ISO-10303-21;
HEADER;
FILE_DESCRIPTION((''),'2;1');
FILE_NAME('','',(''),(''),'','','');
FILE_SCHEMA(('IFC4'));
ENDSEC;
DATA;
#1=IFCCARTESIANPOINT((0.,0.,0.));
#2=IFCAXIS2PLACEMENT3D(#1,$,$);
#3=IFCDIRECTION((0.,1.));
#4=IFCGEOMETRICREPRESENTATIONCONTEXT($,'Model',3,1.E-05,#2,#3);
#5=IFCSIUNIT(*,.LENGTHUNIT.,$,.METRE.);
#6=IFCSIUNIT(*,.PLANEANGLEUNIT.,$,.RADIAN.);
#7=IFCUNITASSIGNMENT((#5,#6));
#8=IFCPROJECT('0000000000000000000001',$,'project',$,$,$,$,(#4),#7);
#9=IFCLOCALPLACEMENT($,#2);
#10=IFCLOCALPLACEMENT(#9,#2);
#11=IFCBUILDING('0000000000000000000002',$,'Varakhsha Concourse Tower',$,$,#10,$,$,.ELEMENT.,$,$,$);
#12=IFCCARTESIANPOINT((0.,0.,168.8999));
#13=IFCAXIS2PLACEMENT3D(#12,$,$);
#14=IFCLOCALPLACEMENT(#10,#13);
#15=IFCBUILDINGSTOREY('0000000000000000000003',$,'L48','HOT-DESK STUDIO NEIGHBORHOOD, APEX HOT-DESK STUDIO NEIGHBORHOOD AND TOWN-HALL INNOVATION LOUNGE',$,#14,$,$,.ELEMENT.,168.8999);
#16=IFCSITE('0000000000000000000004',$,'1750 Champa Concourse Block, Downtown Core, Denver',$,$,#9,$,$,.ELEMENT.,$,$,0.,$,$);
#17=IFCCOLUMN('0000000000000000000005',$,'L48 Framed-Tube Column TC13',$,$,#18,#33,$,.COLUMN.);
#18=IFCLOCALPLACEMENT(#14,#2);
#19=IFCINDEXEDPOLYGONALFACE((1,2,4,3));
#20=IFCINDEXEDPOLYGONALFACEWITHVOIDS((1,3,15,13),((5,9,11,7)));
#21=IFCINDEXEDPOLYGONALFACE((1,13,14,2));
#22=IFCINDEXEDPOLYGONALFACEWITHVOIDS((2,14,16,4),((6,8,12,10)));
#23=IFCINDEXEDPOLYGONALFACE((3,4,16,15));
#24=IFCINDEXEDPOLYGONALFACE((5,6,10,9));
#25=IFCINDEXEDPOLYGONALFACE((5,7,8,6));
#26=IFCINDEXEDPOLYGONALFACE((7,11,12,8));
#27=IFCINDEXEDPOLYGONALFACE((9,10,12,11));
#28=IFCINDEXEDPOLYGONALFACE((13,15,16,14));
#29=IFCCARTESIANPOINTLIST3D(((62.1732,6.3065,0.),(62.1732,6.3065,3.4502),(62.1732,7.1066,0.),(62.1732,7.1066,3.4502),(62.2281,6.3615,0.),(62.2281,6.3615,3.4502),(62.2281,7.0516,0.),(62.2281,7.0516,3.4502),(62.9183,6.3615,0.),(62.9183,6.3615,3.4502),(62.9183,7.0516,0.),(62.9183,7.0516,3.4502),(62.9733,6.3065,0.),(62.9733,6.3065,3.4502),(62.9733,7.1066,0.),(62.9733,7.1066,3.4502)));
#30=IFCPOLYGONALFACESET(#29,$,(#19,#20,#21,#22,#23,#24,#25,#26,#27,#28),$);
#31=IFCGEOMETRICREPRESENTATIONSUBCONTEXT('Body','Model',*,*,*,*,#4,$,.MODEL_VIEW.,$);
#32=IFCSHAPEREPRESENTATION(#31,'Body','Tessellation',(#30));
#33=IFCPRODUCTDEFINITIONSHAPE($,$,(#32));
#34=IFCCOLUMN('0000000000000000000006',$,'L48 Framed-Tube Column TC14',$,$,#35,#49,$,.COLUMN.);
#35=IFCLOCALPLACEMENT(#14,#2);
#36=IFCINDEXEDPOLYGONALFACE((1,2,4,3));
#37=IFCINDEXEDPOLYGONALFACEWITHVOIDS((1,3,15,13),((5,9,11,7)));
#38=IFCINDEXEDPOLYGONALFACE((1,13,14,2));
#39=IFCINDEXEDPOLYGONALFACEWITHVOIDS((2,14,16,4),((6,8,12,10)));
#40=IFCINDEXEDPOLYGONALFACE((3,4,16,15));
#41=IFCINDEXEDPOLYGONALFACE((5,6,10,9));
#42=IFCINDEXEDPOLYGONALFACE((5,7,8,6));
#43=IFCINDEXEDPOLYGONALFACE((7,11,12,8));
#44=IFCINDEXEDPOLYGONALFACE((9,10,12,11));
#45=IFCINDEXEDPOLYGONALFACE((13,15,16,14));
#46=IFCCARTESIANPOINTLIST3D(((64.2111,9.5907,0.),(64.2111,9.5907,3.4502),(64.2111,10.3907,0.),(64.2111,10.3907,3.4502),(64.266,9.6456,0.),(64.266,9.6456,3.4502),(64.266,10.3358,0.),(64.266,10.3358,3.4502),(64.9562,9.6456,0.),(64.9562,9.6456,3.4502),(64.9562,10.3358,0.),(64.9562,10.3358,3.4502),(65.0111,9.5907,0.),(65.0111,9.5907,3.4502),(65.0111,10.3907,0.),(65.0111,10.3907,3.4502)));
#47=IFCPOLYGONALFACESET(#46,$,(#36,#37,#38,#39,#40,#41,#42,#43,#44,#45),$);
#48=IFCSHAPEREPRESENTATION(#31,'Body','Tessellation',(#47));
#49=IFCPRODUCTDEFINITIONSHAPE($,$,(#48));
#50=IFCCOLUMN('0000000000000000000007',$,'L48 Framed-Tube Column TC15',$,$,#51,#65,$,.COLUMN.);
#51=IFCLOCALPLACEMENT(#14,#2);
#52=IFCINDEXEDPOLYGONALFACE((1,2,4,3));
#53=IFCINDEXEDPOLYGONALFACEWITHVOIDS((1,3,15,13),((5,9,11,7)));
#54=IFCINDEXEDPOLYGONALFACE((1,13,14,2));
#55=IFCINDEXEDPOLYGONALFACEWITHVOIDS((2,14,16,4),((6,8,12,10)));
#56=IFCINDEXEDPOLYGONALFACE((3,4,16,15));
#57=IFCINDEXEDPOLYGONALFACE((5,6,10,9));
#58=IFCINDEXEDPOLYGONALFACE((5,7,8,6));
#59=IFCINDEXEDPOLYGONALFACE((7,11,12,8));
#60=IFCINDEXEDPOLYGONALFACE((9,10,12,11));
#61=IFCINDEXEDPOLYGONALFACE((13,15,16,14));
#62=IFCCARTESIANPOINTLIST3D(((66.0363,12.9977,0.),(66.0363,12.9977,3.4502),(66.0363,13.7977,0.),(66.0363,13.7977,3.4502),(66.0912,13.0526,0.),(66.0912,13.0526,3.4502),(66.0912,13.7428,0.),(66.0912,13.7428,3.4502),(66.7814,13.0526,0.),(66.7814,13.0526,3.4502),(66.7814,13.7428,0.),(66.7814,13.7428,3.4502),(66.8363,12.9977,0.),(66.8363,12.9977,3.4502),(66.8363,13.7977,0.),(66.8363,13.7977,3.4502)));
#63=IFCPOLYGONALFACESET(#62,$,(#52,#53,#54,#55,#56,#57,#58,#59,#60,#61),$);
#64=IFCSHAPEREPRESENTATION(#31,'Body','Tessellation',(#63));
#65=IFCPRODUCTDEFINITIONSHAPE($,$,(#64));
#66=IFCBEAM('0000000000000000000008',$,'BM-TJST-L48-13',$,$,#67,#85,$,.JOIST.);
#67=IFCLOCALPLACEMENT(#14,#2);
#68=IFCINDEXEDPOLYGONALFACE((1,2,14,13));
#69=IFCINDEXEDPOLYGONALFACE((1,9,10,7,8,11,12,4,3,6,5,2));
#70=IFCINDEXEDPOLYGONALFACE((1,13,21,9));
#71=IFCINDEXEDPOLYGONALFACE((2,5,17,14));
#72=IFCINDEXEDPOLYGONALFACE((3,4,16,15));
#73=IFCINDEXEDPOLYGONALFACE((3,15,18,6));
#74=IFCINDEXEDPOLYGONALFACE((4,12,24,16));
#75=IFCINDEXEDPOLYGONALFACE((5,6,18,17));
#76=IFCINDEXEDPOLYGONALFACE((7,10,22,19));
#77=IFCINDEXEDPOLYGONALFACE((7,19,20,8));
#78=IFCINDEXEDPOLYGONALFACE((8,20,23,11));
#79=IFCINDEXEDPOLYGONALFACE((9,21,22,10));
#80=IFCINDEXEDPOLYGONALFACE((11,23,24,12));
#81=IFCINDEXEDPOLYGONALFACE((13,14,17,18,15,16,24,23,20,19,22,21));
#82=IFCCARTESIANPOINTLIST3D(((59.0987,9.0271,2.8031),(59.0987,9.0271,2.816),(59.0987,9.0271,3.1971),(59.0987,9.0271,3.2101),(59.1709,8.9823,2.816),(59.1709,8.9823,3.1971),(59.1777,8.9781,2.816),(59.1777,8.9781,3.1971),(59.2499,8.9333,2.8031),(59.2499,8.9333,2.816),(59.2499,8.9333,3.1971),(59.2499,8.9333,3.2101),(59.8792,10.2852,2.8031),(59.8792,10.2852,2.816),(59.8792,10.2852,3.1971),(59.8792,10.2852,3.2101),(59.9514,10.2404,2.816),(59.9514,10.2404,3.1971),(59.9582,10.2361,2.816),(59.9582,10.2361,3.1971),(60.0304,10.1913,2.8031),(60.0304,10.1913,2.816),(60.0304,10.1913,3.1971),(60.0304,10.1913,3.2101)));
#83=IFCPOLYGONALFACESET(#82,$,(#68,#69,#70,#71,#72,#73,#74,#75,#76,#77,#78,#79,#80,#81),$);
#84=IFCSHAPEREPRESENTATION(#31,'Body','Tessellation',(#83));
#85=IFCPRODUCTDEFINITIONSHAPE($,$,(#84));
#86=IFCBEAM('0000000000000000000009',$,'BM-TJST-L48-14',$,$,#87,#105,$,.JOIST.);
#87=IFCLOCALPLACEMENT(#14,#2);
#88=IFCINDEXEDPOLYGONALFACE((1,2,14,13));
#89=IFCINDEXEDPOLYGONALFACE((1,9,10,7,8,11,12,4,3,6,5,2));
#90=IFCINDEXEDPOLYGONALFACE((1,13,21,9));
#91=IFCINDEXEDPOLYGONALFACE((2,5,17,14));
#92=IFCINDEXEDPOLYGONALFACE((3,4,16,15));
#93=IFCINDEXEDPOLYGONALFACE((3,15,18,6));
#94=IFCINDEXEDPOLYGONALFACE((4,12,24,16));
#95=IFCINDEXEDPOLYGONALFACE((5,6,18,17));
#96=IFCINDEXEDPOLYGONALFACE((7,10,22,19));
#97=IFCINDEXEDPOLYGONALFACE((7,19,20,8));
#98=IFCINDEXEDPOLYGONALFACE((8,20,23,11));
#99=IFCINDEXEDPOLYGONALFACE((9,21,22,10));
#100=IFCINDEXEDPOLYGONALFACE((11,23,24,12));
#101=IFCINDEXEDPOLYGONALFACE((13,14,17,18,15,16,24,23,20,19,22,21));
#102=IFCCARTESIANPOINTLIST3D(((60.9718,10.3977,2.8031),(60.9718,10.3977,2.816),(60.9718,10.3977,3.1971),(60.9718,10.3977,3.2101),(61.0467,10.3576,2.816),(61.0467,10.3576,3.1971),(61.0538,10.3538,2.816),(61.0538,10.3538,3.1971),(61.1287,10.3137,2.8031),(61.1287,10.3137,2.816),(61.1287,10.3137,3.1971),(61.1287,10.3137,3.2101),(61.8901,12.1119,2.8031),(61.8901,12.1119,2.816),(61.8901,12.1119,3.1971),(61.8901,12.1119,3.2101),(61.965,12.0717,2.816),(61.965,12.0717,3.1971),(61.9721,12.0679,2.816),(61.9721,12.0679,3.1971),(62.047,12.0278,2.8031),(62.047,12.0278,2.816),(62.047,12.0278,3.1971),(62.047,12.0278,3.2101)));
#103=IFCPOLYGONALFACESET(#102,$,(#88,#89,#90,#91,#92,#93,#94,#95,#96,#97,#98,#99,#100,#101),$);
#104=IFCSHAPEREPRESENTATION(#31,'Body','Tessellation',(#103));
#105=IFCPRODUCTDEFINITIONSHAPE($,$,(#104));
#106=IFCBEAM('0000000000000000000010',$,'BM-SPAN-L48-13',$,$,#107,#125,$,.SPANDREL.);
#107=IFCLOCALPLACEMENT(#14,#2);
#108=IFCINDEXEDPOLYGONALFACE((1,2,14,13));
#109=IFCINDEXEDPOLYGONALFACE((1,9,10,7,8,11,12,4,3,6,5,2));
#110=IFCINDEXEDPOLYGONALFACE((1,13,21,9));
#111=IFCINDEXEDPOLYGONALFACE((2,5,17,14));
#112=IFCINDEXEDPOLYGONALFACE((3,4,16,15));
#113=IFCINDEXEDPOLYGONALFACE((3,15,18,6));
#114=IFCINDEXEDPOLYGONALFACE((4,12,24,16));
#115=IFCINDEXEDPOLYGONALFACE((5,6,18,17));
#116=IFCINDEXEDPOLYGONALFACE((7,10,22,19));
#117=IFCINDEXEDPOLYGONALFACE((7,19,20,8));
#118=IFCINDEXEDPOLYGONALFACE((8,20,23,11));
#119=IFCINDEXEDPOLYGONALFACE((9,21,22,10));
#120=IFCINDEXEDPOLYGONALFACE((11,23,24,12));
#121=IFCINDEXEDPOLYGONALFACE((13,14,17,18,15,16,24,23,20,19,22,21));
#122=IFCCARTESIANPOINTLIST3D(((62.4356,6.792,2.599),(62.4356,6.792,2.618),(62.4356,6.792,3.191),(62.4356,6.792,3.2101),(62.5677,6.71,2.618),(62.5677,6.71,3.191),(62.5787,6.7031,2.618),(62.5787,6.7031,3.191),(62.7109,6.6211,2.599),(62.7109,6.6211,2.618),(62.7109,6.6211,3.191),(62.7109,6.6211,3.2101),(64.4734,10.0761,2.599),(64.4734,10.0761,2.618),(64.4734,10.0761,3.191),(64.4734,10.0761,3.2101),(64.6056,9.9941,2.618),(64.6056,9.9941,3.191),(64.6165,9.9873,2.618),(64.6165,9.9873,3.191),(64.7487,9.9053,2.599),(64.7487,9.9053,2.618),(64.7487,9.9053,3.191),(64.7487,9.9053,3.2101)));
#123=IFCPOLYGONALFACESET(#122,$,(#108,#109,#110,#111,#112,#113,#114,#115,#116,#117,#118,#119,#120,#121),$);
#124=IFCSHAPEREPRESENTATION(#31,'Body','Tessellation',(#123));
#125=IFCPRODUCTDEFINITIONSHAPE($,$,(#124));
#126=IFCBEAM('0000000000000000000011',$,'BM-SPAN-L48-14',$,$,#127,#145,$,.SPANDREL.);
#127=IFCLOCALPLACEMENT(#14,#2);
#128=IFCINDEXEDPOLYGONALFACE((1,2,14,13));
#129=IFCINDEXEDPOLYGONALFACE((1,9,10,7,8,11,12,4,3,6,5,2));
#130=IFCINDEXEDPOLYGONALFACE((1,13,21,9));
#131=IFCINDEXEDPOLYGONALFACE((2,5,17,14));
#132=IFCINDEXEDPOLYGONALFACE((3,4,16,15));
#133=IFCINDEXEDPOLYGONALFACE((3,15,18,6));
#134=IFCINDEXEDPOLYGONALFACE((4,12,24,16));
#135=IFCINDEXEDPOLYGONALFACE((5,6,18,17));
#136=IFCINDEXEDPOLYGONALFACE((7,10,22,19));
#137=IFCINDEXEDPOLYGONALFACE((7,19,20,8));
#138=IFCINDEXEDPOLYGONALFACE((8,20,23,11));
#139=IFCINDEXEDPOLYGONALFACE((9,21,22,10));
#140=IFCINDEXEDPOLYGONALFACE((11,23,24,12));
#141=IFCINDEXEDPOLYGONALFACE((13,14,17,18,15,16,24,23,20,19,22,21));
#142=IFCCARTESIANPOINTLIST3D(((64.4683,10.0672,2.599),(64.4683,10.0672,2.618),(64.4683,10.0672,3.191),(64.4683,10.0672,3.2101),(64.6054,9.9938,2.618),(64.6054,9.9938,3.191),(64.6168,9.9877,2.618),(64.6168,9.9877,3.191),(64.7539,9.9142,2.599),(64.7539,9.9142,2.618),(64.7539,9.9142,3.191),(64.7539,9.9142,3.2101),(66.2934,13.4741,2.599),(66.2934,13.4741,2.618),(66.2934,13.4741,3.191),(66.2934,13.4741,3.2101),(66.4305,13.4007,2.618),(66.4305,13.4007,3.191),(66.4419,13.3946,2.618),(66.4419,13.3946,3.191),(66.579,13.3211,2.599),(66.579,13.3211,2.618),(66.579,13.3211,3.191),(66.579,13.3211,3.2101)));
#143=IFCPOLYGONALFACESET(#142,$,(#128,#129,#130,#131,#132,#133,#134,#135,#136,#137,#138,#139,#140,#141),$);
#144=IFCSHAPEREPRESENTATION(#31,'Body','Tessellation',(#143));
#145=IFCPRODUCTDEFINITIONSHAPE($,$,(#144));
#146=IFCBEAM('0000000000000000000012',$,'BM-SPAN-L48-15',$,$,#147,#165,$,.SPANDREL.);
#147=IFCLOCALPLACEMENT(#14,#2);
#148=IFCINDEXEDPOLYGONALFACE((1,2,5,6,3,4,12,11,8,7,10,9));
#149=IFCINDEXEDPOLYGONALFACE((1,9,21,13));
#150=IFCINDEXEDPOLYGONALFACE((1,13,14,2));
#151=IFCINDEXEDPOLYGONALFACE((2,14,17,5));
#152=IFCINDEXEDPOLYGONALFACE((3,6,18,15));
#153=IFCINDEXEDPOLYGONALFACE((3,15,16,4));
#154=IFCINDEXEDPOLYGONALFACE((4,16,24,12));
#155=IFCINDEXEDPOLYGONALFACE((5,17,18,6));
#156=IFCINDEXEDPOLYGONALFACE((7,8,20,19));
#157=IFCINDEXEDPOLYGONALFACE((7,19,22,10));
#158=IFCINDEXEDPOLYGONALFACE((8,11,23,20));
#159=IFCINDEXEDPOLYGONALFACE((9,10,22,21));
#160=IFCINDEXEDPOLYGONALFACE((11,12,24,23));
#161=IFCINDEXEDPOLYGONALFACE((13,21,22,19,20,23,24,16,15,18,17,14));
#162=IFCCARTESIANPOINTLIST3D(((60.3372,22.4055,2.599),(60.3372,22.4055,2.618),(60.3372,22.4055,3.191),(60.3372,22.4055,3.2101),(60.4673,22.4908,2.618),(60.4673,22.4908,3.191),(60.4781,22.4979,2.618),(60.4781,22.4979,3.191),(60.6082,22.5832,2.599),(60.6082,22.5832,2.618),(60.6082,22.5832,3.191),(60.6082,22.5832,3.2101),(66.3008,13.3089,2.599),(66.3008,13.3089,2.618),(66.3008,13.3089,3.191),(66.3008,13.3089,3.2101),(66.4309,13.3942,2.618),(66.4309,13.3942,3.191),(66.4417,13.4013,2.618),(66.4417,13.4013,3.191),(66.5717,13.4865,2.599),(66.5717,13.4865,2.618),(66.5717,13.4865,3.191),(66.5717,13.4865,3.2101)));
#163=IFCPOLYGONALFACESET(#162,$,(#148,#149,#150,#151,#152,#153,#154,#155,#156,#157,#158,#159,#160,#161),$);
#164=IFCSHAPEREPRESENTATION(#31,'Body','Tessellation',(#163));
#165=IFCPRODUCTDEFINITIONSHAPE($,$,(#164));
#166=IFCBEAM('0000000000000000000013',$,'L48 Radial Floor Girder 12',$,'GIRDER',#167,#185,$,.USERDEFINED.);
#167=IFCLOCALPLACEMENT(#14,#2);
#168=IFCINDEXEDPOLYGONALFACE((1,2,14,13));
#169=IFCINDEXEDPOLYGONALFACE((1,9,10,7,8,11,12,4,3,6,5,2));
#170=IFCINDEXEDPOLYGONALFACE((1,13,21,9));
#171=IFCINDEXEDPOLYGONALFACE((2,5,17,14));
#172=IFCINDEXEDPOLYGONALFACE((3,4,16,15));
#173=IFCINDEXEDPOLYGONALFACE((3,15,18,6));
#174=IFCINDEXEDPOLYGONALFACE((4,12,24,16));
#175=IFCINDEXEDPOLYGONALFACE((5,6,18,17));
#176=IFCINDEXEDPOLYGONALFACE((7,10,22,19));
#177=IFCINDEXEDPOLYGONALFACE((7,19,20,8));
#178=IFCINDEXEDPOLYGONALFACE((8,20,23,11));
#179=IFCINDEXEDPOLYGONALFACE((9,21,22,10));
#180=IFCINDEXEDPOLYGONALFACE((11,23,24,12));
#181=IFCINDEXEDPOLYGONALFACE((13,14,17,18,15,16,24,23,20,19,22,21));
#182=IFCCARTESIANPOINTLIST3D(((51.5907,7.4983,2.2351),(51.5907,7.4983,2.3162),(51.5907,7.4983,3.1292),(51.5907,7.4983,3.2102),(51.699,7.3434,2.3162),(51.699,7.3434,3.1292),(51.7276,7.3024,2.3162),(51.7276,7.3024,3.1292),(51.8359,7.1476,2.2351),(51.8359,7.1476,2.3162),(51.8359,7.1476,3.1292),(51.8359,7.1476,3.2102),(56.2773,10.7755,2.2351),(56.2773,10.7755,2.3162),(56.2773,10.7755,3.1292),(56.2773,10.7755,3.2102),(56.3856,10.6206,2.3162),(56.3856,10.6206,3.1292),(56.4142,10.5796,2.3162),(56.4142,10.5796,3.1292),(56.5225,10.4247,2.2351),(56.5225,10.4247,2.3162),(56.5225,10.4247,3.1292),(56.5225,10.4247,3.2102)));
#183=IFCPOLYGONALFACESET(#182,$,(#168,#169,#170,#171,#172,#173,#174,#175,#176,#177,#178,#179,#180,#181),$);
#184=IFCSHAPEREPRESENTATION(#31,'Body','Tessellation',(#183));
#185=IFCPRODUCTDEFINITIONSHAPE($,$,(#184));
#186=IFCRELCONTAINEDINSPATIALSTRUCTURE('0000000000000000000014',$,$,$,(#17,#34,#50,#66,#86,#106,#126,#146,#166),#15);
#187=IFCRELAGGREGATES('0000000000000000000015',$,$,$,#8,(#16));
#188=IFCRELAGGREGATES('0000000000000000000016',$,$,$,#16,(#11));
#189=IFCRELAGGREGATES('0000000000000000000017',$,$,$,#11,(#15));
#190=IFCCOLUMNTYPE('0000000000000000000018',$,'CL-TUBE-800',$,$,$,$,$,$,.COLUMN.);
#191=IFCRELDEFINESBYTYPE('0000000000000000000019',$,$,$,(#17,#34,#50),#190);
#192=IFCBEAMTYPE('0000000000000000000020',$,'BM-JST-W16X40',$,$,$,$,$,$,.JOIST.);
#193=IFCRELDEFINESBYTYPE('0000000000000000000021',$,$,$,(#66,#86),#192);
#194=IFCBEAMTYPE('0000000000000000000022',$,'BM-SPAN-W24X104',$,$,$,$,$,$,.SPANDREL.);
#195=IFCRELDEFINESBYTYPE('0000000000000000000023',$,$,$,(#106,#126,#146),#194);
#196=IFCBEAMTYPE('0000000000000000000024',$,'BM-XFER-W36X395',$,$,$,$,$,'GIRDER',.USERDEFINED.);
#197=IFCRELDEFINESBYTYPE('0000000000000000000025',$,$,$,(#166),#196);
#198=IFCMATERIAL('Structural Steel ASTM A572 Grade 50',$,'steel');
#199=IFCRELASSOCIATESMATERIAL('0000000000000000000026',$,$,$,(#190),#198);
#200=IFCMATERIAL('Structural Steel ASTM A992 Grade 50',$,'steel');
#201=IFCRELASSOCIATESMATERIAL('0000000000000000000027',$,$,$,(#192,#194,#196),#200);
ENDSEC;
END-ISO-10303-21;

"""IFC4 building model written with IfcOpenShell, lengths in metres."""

from ifc_helpers import new_model, si_unit, direction, frame, origin, origin_2d, place, context, subcontext, project, spatial, hollow_rectangle, i_section, extrude, material, material_profile, profile_set, type_object, element, save


model = new_model("IFC4")

# Units and contexts
model_context = context("Model", 3, precision=1e-05, world=origin(), true_north=direction((0.0, 1.0)))
body_context = subcontext(model_context, "Body", "Model", "MODEL_VIEW")
ifc_project = project(units=[si_unit("LENGTHUNIT", "METRE"), si_unit("PLANEANGLEUNIT", "RADIAN")], contexts=[model_context])

# Site, building, storey
site_placement = place(None, origin())
site = spatial("IfcSite", under=ifc_project, at=site_placement, Name="1750 Champa Concourse Block, Downtown Core, Denver", CompositionType="ELEMENT", RefElevation=0.0)
building_placement = place(site_placement, origin())
building = spatial("IfcBuilding", under=site, at=building_placement, Name="Varakhsha Concourse Tower", CompositionType="ELEMENT")
storey_placement = place(building_placement, frame((0.0, 0.0, 168.8999)))
storey = spatial("IfcBuildingStorey", under=building, at=storey_placement, Name="L48", Description="HOT-DESK STUDIO NEIGHBORHOOD, APEX HOT-DESK STUDIO NEIGHBORHOOD AND TOWN-HALL INNOVATION LOUNGE", CompositionType="ELEMENT", Elevation=168.8999)

# Columns
ifc_material_1 = material(Name="Structural Steel ASTM A572 Grade 50", Category="steel")
ifc_material_profile_1 = material_profile(ifc_material_1, hollow_rectangle(XDim=0.8, YDim=0.8, WallThickness=0.0549, at=origin_2d()), Name="BOX 800x800x55")
ifc_profile_set_1 = profile_set([ifc_material_profile_1], Name="Structural Steel ASTM A572 Grade 50")
column_type = type_object("IfcColumnType", Name="CL-TUBE-800", PredefinedType="COLUMN", material=ifc_profile_set_1)
for number, where, z_axis, x_axis, name in (
    (1, (62.5732, 6.7065, 0.0), (0.0, 0.0, 1.0), (1.0, 0.0, 0.0), "L48 Framed-Tube Column TC13"),
    (2, (64.6111, 9.9907, 0.0), (0.0, 0.0, 1.0), (1.0, 0.0, 0.0), "L48 Framed-Tube Column TC14"),
    (3, (66.4363, 13.3977, 0.0), (0.0, 0.0, 1.0), (1.0, 0.0, 0.0), "L48 Framed-Tube Column TC15"),
):
    element("IfcColumn", number, at=place(storey_placement, frame(where, z_axis=z_axis, x_axis=x_axis)), inside=storey, type_object=column_type, Name=name, PredefinedType="COLUMN", context=body_context, shape_type="SweptSolid", body=[
        extrude(hollow_rectangle(XDim=0.8, YDim=0.8, WallThickness=0.0549, at=origin_2d()), origin(), (0.0, 0.0, 1.0), 3.4502),
    ])

# Beams
ifc_material_2 = material(Name="Structural Steel ASTM A992 Grade 50", Category="steel")
ifc_material_profile_2 = material_profile(ifc_material_2, i_section(OverallWidth=0.178, OverallDepth=0.407, WebThickness=0.0081, FlangeThickness=0.0129, at=origin_2d()), Name="W16X40")
ifc_profile_set_2 = profile_set([ifc_material_profile_2], Name="Structural Steel ASTM A992 Grade 50")
beam_type_1 = type_object("IfcBeamType", Name="BM-JST-W16X40", PredefinedType="JOIST", material=ifc_profile_set_2)
beam_1_placement = place(storey_placement, frame((59.1743, 8.9802, 3.0066), z_axis=(0.527195, 0.849745, 0.0), x_axis=(-0.849745, 0.527195, 0.0)))
element("IfcBeam", 4, at=beam_1_placement, inside=storey, type_object=beam_type_1, Name="BM-TJST-L48-13", PredefinedType="JOIST", context=body_context, shape_type="SweptSolid", body=[
    extrude(i_section(OverallWidth=0.178, OverallDepth=0.407, WebThickness=0.0081, FlangeThickness=0.0129, at=origin_2d()), origin(), (0.0, 0.0, 1.0), 1.4805),
])
beam_2_placement = place(storey_placement, frame((61.0503, 10.3557, 3.0066), z_axis=(0.472197, 0.881493, 0.0), x_axis=(-0.881493, 0.472197, 0.0)))
element("IfcBeam", 5, at=beam_2_placement, inside=storey, type_object=beam_type_1, Name="BM-TJST-L48-14", PredefinedType="JOIST", context=body_context, shape_type="SweptSolid", body=[
    extrude(i_section(OverallWidth=0.178, OverallDepth=0.407, WebThickness=0.0081, FlangeThickness=0.0129, at=origin_2d()), origin(), (0.0, 0.0, 1.0), 1.9446),
])
ifc_material_profile_3 = material_profile(ifc_material_2, i_section(OverallWidth=0.324, OverallDepth=0.6111, WebThickness=0.0129, FlangeThickness=0.019, at=origin_2d()), Name="W24X104")
ifc_profile_set_3 = profile_set([ifc_material_profile_3], Name="Structural Steel ASTM A992 Grade 50")
beam_type_2 = type_object("IfcBeamType", Name="BM-SPAN-W24X104", PredefinedType="SPANDREL", material=ifc_profile_set_3)
for number, where, z_axis, x_axis, name in (
    (6, (62.5732, 6.7065, 2.9045), (0.527248, 0.849711, 0.0), (-0.849711, 0.527248, 0.0), "BM-SPAN-L48-13"),
    (7, (64.6111, 9.9907, 2.9045), (0.472227, 0.881477, 0.0), (-0.881477, 0.472227, 0.0), "BM-SPAN-L48-14"),
):
    element("IfcBeam", number, at=place(storey_placement, frame(where, z_axis=z_axis, x_axis=x_axis)), inside=storey, type_object=beam_type_2, Name=name, PredefinedType="SPANDREL", context=body_context, shape_type="SweptSolid", body=[
        extrude(i_section(OverallWidth=0.324, OverallDepth=0.6111, WebThickness=0.0129, FlangeThickness=0.019, at=origin_2d()), origin(), (0.0, 0.0, 1.0), 3.865),
    ])
beam_3_placement = place(storey_placement, frame((66.4363, 13.3977, 2.9045), z_axis=(-0.548266, 0.836304, 0.0), x_axis=(-0.836304, -0.548266, 0.0)))
element("IfcBeam", 8, at=beam_3_placement, inside=storey, type_object=beam_type_2, Name="BM-SPAN-L48-15", PredefinedType="SPANDREL", context=body_context, shape_type="SweptSolid", body=[
    extrude(i_section(OverallWidth=0.324, OverallDepth=0.6111, WebThickness=0.0129, FlangeThickness=0.019, at=origin_2d()), origin(), (0.0, 0.0, 1.0), 10.8772),
])
ifc_material_profile_4 = material_profile(ifc_material_2, i_section(OverallWidth=0.428, OverallDepth=0.9751, WebThickness=0.05, FlangeThickness=0.0811, at=origin_2d()), Name="W36X395")
ifc_profile_set_4 = profile_set([ifc_material_profile_4], Name="Structural Steel ASTM A992 Grade 50")
beam_type_3 = type_object("IfcBeamType", Name="BM-XFER-W36X395", ElementType="GIRDER", PredefinedType="USERDEFINED", material=ifc_profile_set_4)
beam_4_placement = place(storey_placement, frame((56.3999, 10.6001, 2.7227), z_axis=(-0.819517, -0.573055, 0.0), x_axis=(0.573055, -0.819517, 0.0)))
element("IfcBeam", 9, at=beam_4_placement, inside=storey, type_object=beam_type_3, Name="L48 Radial Floor Girder 12", ObjectType="GIRDER", PredefinedType="USERDEFINED", context=body_context, shape_type="SweptSolid", body=[
    extrude(i_section(OverallWidth=0.428, OverallDepth=0.9751, WebThickness=0.05, FlangeThickness=0.0811, at=origin_2d()), origin(), (0.0, 0.0, 1.0), 5.7188),
])

save(model, "model.ifc")
